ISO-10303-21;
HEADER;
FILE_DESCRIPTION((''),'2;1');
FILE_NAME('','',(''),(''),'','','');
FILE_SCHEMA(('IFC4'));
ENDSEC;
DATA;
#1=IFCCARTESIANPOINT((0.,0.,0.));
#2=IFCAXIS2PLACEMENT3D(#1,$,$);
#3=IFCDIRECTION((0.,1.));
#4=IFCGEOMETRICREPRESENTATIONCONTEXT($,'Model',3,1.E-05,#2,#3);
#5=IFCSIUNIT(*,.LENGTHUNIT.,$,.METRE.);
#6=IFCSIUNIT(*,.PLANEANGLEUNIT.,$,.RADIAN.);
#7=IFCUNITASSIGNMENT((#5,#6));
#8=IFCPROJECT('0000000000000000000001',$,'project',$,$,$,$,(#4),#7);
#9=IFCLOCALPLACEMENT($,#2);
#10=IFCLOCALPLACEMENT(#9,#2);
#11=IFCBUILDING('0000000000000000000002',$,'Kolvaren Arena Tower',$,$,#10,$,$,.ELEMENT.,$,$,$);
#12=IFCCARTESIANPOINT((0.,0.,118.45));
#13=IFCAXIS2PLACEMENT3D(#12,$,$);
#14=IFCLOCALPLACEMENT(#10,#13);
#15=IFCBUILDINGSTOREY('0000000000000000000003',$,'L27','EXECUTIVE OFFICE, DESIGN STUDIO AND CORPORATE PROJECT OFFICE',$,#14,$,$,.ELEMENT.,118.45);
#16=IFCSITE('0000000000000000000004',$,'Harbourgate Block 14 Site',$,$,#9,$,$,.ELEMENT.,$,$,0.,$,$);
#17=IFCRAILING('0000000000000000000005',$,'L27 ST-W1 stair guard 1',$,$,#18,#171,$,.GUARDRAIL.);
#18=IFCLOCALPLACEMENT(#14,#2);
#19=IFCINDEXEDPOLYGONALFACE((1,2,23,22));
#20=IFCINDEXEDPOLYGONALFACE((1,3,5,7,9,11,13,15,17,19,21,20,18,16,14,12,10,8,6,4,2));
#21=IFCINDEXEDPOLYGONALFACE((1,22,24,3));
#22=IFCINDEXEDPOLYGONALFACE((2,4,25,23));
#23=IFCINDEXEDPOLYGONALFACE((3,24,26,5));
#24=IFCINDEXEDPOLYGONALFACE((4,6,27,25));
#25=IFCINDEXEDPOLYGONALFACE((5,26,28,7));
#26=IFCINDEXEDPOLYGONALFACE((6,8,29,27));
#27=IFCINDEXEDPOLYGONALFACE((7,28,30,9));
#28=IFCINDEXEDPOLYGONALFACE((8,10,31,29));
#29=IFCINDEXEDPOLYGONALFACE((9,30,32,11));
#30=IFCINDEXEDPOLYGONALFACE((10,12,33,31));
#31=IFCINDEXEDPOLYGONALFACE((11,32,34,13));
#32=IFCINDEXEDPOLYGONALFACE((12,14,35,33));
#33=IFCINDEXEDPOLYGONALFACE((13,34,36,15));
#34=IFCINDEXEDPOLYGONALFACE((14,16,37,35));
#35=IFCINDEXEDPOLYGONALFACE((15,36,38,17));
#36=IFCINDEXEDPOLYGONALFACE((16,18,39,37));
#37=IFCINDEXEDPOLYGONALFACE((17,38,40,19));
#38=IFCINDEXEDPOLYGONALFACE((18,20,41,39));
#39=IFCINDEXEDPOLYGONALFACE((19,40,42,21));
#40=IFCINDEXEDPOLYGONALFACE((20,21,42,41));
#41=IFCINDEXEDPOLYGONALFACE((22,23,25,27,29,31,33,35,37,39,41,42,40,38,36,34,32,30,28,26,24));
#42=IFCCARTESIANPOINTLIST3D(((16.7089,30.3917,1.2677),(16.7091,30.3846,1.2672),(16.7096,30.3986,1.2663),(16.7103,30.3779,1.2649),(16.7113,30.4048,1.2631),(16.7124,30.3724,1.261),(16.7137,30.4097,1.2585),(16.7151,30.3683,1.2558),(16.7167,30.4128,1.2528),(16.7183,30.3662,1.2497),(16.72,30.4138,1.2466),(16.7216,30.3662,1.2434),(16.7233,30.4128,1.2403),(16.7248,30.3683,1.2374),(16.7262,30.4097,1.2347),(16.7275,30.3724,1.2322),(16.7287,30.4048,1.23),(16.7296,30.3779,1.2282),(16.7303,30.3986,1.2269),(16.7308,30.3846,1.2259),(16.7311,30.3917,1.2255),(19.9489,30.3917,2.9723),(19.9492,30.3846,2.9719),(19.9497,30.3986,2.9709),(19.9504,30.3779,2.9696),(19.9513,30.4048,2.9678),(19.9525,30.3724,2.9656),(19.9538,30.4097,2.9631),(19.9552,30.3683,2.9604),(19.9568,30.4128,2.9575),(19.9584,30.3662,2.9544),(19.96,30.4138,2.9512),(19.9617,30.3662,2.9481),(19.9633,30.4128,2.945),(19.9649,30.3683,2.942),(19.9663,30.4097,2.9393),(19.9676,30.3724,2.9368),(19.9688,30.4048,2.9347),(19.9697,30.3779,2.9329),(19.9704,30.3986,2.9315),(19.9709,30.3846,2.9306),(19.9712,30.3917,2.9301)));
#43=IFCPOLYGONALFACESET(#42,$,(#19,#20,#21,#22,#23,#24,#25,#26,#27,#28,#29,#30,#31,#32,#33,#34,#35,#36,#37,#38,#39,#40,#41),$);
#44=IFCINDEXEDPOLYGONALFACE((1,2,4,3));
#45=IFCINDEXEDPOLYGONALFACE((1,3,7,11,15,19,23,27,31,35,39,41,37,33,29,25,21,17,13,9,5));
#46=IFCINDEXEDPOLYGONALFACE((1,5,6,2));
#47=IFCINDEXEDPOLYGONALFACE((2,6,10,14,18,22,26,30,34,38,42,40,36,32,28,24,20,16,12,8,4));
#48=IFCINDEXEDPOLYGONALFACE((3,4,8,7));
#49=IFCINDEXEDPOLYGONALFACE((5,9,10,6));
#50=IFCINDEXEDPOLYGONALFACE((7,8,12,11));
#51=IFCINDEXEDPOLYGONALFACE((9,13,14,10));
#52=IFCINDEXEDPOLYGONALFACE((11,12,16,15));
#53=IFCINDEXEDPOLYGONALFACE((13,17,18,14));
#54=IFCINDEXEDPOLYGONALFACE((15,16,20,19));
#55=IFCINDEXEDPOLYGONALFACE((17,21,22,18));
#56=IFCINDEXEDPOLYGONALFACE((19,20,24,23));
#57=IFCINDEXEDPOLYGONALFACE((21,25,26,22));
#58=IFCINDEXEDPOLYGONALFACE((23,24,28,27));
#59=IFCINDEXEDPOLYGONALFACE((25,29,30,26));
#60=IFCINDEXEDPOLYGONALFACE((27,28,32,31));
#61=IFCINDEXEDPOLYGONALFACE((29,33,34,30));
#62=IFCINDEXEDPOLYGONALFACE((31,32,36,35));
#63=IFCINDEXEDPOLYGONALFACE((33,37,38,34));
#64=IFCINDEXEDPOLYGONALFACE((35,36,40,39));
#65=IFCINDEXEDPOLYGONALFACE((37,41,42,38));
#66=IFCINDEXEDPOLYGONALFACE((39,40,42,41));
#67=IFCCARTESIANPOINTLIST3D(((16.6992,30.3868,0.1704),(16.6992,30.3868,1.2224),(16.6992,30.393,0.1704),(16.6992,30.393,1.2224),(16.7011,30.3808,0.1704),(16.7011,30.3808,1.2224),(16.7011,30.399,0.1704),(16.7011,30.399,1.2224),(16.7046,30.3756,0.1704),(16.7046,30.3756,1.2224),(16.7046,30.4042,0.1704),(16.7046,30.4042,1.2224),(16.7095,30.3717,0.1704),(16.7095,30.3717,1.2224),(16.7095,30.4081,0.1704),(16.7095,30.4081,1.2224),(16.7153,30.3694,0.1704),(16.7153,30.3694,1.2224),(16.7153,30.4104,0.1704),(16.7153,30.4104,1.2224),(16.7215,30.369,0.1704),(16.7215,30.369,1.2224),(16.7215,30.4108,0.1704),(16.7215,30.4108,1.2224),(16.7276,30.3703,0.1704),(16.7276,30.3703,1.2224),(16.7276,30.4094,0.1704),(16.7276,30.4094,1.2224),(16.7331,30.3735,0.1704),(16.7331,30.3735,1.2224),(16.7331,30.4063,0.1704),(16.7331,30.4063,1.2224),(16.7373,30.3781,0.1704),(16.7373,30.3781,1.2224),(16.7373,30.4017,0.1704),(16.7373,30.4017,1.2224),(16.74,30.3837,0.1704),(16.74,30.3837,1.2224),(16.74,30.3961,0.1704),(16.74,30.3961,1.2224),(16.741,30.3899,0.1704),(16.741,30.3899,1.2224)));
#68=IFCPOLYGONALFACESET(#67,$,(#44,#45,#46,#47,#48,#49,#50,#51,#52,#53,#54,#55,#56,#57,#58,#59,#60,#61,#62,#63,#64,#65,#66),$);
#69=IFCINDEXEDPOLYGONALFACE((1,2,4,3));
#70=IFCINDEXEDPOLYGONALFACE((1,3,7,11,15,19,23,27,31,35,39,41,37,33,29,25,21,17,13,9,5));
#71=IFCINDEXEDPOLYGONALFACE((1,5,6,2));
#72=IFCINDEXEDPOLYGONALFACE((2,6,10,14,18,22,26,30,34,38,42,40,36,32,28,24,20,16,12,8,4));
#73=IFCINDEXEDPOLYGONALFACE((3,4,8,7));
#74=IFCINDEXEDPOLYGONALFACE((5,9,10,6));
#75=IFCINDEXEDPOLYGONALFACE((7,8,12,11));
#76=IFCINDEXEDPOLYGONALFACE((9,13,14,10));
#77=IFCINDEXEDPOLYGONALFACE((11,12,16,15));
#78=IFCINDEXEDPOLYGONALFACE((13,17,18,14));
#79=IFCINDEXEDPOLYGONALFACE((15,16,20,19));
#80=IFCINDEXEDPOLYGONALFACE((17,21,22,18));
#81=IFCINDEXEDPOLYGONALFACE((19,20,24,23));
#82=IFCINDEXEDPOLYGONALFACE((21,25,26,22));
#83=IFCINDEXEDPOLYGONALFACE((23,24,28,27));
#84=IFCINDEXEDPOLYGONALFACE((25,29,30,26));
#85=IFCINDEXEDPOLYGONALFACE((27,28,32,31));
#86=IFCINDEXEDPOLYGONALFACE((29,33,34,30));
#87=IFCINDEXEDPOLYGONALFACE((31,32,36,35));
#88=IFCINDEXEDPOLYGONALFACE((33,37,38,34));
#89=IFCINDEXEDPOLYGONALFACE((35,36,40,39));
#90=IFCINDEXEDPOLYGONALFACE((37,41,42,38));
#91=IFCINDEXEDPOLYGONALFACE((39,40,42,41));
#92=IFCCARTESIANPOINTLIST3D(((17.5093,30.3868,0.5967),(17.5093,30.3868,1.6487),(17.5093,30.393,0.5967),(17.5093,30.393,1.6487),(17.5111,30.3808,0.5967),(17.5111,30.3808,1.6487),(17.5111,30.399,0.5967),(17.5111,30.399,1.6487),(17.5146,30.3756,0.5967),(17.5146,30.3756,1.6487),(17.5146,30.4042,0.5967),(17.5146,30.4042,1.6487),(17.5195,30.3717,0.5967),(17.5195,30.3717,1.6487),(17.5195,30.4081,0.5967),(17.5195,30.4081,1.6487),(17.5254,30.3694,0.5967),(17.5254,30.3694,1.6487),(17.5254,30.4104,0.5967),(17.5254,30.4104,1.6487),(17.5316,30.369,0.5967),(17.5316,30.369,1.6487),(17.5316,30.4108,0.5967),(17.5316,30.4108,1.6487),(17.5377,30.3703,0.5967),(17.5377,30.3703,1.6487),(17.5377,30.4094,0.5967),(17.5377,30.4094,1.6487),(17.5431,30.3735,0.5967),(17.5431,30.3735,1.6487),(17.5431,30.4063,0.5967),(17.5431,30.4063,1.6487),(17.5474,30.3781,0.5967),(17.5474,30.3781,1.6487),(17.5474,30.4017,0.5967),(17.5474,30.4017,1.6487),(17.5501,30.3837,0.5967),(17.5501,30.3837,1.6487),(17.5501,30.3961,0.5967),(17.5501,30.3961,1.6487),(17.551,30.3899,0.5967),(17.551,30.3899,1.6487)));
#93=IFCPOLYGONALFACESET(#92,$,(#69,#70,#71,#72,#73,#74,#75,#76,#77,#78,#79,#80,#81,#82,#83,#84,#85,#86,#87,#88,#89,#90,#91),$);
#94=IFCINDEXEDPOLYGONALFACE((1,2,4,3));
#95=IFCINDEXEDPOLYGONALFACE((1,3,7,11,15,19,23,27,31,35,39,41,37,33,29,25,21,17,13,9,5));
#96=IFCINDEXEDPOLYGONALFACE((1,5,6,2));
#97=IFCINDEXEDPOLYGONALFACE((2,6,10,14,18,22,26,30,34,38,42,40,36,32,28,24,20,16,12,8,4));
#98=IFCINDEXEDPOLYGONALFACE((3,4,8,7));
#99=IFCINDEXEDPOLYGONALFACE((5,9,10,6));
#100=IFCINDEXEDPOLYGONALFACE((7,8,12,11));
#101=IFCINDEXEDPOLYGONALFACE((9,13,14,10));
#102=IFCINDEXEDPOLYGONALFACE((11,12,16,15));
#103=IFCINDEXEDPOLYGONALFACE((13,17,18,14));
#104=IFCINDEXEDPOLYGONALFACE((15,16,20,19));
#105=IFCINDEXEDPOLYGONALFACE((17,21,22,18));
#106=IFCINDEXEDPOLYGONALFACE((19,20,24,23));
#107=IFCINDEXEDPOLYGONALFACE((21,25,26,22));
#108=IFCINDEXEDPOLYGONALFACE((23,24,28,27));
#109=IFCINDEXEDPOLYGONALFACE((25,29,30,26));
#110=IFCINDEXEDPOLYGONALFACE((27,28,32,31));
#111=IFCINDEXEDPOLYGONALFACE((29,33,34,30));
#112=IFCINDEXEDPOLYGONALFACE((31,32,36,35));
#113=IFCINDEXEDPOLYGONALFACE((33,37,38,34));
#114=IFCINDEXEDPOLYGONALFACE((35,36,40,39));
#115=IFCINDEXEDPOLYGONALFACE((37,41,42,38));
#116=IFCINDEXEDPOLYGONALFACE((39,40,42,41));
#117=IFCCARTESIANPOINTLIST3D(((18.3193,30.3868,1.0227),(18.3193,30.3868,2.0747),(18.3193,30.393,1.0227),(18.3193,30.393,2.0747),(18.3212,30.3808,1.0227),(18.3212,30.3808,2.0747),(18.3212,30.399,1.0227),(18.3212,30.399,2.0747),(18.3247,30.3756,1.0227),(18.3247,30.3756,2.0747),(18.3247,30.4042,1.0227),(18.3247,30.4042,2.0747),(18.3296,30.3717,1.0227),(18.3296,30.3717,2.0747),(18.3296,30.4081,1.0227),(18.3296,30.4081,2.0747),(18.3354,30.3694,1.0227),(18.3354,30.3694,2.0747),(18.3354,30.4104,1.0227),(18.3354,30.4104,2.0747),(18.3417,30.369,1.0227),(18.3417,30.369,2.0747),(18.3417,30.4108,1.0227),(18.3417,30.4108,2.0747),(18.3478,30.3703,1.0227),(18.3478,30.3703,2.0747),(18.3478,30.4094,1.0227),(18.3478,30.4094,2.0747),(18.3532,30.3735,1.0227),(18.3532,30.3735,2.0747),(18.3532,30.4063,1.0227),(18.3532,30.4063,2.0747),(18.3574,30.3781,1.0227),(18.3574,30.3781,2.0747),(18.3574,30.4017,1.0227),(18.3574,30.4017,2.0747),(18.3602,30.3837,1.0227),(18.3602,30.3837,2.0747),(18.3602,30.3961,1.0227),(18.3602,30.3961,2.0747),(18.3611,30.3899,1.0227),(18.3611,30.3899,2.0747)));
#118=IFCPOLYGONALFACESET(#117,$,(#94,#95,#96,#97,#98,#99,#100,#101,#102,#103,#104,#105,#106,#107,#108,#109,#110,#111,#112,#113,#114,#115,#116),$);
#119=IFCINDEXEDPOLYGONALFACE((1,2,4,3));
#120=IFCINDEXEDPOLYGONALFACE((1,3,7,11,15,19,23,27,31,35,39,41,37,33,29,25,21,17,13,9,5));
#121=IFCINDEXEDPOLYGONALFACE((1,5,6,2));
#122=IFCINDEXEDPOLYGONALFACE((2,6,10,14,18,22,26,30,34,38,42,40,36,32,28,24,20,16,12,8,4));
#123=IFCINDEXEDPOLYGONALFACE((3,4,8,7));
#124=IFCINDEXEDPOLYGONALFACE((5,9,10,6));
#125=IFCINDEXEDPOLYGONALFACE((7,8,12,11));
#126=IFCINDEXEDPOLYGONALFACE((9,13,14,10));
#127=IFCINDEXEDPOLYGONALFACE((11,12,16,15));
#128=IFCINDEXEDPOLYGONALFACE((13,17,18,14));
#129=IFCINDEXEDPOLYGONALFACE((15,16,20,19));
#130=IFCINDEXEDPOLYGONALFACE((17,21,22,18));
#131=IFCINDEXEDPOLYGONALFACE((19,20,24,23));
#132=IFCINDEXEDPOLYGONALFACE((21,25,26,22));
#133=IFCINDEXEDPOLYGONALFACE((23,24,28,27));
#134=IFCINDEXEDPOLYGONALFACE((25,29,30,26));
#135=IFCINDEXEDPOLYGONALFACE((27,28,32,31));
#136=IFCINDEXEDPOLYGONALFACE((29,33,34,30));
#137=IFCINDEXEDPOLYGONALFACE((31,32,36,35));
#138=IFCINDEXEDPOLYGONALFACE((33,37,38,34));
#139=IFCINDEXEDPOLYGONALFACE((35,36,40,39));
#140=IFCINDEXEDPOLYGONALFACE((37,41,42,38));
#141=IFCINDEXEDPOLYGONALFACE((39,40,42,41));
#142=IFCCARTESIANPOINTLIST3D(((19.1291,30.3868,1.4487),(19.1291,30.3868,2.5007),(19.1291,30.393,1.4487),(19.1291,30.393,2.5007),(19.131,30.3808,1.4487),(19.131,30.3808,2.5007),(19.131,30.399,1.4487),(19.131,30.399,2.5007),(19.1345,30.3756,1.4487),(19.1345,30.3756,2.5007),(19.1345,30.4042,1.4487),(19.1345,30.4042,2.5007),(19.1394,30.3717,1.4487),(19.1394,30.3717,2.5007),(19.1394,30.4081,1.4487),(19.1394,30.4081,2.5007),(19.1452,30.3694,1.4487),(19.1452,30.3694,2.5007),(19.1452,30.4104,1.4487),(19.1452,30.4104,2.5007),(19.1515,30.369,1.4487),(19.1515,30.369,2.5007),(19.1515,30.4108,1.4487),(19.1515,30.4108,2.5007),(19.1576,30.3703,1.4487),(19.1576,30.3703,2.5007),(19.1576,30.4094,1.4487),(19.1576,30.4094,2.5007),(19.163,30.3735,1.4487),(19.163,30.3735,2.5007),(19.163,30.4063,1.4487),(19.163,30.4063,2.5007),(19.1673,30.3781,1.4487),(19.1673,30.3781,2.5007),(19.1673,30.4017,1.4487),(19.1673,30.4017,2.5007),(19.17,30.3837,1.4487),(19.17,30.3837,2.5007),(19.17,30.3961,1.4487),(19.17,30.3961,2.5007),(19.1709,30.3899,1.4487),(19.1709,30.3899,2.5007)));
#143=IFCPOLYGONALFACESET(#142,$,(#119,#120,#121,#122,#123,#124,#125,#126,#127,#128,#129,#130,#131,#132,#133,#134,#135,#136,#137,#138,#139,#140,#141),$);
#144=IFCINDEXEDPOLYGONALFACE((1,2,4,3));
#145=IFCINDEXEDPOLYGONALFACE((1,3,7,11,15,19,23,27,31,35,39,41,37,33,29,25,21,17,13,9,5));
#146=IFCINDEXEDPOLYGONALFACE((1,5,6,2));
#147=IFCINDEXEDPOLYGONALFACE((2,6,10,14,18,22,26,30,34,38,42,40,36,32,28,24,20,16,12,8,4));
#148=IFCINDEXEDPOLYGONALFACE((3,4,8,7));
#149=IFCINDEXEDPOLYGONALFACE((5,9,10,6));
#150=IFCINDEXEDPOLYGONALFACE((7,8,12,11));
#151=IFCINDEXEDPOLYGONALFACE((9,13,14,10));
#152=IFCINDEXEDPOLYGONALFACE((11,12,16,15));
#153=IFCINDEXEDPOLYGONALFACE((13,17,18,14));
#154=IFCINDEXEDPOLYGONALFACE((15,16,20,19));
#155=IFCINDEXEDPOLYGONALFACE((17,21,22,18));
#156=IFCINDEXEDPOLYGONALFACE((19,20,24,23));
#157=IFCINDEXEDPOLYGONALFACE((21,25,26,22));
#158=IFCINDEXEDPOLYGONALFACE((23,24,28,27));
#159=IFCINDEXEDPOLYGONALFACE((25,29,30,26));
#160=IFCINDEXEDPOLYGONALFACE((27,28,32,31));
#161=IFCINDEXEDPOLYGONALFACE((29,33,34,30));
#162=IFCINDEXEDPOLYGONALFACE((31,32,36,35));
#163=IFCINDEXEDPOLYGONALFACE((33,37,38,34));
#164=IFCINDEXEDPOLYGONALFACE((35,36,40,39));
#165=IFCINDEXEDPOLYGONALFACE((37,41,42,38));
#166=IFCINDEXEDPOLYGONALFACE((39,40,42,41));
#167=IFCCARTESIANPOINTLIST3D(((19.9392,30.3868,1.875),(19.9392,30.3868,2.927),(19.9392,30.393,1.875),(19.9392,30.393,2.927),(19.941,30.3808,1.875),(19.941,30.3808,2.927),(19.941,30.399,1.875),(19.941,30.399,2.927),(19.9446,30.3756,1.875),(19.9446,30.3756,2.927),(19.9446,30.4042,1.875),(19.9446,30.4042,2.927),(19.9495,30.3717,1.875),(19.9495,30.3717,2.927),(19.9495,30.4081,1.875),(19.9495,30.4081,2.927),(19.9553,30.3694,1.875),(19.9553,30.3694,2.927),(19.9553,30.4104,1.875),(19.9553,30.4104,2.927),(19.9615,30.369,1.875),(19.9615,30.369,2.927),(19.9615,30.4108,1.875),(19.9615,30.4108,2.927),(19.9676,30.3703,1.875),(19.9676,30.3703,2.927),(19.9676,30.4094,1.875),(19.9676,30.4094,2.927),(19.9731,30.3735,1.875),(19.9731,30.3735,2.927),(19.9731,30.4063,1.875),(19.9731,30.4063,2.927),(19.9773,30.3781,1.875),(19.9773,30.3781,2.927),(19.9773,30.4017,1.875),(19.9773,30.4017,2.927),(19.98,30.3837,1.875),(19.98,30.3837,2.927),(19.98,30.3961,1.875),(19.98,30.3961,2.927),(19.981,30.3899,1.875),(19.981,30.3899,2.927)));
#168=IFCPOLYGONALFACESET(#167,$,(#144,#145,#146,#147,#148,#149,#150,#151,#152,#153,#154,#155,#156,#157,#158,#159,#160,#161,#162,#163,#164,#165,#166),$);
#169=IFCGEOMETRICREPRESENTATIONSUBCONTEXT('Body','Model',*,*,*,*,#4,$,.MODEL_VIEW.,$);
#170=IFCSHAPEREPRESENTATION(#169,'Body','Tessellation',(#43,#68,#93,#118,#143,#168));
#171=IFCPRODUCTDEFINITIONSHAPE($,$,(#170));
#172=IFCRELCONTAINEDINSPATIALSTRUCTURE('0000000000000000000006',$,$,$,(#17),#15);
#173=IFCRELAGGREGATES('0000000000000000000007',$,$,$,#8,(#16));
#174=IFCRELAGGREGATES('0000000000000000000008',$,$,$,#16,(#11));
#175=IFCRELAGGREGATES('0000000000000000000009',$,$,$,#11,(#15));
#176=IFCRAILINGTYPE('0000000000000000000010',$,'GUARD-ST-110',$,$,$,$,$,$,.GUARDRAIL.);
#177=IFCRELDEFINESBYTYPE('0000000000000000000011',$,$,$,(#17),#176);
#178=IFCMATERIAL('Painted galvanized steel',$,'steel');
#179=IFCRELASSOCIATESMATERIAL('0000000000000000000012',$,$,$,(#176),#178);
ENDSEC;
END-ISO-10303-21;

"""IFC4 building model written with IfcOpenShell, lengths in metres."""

from ifc_helpers import new_model, si_unit, direction, frame, origin, origin_2d, place, context, subcontext, project, spatial, circle, extrude, material, type_object, element, save


model = new_model("IFC4")

# Units and contexts
model_context = context("Model", 3, precision=1e-05, world=origin(), true_north=direction((0.0, 1.0)))
body_context = subcontext(model_context, "Body", "Model", "MODEL_VIEW")
ifc_project = project(units=[si_unit("LENGTHUNIT", "METRE"), si_unit("PLANEANGLEUNIT", "RADIAN")], contexts=[model_context])

# Site, building, storey
site_placement = place(None, origin())
site = spatial("IfcSite", under=ifc_project, at=site_placement, Name="Harbourgate Block 14 Site", CompositionType="ELEMENT", RefElevation=0.0)
building_placement = place(site_placement, origin())
building = spatial("IfcBuilding", under=site, at=building_placement, Name="Kolvaren Arena Tower", CompositionType="ELEMENT")
storey_placement = place(building_placement, frame((0.0, 0.0, 118.45)))
storey = spatial("IfcBuildingStorey", under=building, at=storey_placement, Name="L27", Description="EXECUTIVE OFFICE, DESIGN STUDIO AND CORPORATE PROJECT OFFICE", CompositionType="ELEMENT", Elevation=118.45)

# Railing
ifc_material_1 = material(Name="Painted galvanized steel", Category="steel")
railing_type_1 = type_object("IfcRailingType", Name="GUARD-ST-110", PredefinedType="GUARDRAIL", material=ifc_material_1)
railing_1_placement = place(storey_placement, frame((16.72, 30.3899, 0.1704)))
element("IfcRailing", 1, at=railing_1_placement, inside=storey, type_object=railing_type_1, Name="L27 ST-W1 stair guard 1", PredefinedType="GUARDRAIL", context=body_context, shape_type="SweptSolid", body=[
    extrude(circle(Radius=0.0239, at=origin_2d()), frame((0.0, 0.0, 1.0762), z_axis=(0.884993, 0.0, 0.465604), x_axis=(0.0, 1.0, 0.0)), (0.0, 0.0, 1.0), 3.6611),
    extrude(circle(Radius=0.021, at=origin_2d()), origin(), (0.0, 0.0, 1.0), 1.052),
    extrude(circle(Radius=0.021, at=origin_2d()), frame((0.8101, 0.0, 0.4263)), (0.0, 0.0, 1.0), 1.052),
    extrude(circle(Radius=0.021, at=origin_2d()), frame((1.6201, 0.0, 0.8523)), (0.0, 0.0, 1.0), 1.052),
    extrude(circle(Radius=0.021, at=origin_2d()), frame((2.4299, 0.0, 1.2783)), (0.0, 0.0, 1.0), 1.052),
    extrude(circle(Radius=0.021, at=origin_2d()), frame((3.24, 0.0, 1.7046)), (0.0, 0.0, 1.0), 1.052),
])

save(model, "model.ifc")
